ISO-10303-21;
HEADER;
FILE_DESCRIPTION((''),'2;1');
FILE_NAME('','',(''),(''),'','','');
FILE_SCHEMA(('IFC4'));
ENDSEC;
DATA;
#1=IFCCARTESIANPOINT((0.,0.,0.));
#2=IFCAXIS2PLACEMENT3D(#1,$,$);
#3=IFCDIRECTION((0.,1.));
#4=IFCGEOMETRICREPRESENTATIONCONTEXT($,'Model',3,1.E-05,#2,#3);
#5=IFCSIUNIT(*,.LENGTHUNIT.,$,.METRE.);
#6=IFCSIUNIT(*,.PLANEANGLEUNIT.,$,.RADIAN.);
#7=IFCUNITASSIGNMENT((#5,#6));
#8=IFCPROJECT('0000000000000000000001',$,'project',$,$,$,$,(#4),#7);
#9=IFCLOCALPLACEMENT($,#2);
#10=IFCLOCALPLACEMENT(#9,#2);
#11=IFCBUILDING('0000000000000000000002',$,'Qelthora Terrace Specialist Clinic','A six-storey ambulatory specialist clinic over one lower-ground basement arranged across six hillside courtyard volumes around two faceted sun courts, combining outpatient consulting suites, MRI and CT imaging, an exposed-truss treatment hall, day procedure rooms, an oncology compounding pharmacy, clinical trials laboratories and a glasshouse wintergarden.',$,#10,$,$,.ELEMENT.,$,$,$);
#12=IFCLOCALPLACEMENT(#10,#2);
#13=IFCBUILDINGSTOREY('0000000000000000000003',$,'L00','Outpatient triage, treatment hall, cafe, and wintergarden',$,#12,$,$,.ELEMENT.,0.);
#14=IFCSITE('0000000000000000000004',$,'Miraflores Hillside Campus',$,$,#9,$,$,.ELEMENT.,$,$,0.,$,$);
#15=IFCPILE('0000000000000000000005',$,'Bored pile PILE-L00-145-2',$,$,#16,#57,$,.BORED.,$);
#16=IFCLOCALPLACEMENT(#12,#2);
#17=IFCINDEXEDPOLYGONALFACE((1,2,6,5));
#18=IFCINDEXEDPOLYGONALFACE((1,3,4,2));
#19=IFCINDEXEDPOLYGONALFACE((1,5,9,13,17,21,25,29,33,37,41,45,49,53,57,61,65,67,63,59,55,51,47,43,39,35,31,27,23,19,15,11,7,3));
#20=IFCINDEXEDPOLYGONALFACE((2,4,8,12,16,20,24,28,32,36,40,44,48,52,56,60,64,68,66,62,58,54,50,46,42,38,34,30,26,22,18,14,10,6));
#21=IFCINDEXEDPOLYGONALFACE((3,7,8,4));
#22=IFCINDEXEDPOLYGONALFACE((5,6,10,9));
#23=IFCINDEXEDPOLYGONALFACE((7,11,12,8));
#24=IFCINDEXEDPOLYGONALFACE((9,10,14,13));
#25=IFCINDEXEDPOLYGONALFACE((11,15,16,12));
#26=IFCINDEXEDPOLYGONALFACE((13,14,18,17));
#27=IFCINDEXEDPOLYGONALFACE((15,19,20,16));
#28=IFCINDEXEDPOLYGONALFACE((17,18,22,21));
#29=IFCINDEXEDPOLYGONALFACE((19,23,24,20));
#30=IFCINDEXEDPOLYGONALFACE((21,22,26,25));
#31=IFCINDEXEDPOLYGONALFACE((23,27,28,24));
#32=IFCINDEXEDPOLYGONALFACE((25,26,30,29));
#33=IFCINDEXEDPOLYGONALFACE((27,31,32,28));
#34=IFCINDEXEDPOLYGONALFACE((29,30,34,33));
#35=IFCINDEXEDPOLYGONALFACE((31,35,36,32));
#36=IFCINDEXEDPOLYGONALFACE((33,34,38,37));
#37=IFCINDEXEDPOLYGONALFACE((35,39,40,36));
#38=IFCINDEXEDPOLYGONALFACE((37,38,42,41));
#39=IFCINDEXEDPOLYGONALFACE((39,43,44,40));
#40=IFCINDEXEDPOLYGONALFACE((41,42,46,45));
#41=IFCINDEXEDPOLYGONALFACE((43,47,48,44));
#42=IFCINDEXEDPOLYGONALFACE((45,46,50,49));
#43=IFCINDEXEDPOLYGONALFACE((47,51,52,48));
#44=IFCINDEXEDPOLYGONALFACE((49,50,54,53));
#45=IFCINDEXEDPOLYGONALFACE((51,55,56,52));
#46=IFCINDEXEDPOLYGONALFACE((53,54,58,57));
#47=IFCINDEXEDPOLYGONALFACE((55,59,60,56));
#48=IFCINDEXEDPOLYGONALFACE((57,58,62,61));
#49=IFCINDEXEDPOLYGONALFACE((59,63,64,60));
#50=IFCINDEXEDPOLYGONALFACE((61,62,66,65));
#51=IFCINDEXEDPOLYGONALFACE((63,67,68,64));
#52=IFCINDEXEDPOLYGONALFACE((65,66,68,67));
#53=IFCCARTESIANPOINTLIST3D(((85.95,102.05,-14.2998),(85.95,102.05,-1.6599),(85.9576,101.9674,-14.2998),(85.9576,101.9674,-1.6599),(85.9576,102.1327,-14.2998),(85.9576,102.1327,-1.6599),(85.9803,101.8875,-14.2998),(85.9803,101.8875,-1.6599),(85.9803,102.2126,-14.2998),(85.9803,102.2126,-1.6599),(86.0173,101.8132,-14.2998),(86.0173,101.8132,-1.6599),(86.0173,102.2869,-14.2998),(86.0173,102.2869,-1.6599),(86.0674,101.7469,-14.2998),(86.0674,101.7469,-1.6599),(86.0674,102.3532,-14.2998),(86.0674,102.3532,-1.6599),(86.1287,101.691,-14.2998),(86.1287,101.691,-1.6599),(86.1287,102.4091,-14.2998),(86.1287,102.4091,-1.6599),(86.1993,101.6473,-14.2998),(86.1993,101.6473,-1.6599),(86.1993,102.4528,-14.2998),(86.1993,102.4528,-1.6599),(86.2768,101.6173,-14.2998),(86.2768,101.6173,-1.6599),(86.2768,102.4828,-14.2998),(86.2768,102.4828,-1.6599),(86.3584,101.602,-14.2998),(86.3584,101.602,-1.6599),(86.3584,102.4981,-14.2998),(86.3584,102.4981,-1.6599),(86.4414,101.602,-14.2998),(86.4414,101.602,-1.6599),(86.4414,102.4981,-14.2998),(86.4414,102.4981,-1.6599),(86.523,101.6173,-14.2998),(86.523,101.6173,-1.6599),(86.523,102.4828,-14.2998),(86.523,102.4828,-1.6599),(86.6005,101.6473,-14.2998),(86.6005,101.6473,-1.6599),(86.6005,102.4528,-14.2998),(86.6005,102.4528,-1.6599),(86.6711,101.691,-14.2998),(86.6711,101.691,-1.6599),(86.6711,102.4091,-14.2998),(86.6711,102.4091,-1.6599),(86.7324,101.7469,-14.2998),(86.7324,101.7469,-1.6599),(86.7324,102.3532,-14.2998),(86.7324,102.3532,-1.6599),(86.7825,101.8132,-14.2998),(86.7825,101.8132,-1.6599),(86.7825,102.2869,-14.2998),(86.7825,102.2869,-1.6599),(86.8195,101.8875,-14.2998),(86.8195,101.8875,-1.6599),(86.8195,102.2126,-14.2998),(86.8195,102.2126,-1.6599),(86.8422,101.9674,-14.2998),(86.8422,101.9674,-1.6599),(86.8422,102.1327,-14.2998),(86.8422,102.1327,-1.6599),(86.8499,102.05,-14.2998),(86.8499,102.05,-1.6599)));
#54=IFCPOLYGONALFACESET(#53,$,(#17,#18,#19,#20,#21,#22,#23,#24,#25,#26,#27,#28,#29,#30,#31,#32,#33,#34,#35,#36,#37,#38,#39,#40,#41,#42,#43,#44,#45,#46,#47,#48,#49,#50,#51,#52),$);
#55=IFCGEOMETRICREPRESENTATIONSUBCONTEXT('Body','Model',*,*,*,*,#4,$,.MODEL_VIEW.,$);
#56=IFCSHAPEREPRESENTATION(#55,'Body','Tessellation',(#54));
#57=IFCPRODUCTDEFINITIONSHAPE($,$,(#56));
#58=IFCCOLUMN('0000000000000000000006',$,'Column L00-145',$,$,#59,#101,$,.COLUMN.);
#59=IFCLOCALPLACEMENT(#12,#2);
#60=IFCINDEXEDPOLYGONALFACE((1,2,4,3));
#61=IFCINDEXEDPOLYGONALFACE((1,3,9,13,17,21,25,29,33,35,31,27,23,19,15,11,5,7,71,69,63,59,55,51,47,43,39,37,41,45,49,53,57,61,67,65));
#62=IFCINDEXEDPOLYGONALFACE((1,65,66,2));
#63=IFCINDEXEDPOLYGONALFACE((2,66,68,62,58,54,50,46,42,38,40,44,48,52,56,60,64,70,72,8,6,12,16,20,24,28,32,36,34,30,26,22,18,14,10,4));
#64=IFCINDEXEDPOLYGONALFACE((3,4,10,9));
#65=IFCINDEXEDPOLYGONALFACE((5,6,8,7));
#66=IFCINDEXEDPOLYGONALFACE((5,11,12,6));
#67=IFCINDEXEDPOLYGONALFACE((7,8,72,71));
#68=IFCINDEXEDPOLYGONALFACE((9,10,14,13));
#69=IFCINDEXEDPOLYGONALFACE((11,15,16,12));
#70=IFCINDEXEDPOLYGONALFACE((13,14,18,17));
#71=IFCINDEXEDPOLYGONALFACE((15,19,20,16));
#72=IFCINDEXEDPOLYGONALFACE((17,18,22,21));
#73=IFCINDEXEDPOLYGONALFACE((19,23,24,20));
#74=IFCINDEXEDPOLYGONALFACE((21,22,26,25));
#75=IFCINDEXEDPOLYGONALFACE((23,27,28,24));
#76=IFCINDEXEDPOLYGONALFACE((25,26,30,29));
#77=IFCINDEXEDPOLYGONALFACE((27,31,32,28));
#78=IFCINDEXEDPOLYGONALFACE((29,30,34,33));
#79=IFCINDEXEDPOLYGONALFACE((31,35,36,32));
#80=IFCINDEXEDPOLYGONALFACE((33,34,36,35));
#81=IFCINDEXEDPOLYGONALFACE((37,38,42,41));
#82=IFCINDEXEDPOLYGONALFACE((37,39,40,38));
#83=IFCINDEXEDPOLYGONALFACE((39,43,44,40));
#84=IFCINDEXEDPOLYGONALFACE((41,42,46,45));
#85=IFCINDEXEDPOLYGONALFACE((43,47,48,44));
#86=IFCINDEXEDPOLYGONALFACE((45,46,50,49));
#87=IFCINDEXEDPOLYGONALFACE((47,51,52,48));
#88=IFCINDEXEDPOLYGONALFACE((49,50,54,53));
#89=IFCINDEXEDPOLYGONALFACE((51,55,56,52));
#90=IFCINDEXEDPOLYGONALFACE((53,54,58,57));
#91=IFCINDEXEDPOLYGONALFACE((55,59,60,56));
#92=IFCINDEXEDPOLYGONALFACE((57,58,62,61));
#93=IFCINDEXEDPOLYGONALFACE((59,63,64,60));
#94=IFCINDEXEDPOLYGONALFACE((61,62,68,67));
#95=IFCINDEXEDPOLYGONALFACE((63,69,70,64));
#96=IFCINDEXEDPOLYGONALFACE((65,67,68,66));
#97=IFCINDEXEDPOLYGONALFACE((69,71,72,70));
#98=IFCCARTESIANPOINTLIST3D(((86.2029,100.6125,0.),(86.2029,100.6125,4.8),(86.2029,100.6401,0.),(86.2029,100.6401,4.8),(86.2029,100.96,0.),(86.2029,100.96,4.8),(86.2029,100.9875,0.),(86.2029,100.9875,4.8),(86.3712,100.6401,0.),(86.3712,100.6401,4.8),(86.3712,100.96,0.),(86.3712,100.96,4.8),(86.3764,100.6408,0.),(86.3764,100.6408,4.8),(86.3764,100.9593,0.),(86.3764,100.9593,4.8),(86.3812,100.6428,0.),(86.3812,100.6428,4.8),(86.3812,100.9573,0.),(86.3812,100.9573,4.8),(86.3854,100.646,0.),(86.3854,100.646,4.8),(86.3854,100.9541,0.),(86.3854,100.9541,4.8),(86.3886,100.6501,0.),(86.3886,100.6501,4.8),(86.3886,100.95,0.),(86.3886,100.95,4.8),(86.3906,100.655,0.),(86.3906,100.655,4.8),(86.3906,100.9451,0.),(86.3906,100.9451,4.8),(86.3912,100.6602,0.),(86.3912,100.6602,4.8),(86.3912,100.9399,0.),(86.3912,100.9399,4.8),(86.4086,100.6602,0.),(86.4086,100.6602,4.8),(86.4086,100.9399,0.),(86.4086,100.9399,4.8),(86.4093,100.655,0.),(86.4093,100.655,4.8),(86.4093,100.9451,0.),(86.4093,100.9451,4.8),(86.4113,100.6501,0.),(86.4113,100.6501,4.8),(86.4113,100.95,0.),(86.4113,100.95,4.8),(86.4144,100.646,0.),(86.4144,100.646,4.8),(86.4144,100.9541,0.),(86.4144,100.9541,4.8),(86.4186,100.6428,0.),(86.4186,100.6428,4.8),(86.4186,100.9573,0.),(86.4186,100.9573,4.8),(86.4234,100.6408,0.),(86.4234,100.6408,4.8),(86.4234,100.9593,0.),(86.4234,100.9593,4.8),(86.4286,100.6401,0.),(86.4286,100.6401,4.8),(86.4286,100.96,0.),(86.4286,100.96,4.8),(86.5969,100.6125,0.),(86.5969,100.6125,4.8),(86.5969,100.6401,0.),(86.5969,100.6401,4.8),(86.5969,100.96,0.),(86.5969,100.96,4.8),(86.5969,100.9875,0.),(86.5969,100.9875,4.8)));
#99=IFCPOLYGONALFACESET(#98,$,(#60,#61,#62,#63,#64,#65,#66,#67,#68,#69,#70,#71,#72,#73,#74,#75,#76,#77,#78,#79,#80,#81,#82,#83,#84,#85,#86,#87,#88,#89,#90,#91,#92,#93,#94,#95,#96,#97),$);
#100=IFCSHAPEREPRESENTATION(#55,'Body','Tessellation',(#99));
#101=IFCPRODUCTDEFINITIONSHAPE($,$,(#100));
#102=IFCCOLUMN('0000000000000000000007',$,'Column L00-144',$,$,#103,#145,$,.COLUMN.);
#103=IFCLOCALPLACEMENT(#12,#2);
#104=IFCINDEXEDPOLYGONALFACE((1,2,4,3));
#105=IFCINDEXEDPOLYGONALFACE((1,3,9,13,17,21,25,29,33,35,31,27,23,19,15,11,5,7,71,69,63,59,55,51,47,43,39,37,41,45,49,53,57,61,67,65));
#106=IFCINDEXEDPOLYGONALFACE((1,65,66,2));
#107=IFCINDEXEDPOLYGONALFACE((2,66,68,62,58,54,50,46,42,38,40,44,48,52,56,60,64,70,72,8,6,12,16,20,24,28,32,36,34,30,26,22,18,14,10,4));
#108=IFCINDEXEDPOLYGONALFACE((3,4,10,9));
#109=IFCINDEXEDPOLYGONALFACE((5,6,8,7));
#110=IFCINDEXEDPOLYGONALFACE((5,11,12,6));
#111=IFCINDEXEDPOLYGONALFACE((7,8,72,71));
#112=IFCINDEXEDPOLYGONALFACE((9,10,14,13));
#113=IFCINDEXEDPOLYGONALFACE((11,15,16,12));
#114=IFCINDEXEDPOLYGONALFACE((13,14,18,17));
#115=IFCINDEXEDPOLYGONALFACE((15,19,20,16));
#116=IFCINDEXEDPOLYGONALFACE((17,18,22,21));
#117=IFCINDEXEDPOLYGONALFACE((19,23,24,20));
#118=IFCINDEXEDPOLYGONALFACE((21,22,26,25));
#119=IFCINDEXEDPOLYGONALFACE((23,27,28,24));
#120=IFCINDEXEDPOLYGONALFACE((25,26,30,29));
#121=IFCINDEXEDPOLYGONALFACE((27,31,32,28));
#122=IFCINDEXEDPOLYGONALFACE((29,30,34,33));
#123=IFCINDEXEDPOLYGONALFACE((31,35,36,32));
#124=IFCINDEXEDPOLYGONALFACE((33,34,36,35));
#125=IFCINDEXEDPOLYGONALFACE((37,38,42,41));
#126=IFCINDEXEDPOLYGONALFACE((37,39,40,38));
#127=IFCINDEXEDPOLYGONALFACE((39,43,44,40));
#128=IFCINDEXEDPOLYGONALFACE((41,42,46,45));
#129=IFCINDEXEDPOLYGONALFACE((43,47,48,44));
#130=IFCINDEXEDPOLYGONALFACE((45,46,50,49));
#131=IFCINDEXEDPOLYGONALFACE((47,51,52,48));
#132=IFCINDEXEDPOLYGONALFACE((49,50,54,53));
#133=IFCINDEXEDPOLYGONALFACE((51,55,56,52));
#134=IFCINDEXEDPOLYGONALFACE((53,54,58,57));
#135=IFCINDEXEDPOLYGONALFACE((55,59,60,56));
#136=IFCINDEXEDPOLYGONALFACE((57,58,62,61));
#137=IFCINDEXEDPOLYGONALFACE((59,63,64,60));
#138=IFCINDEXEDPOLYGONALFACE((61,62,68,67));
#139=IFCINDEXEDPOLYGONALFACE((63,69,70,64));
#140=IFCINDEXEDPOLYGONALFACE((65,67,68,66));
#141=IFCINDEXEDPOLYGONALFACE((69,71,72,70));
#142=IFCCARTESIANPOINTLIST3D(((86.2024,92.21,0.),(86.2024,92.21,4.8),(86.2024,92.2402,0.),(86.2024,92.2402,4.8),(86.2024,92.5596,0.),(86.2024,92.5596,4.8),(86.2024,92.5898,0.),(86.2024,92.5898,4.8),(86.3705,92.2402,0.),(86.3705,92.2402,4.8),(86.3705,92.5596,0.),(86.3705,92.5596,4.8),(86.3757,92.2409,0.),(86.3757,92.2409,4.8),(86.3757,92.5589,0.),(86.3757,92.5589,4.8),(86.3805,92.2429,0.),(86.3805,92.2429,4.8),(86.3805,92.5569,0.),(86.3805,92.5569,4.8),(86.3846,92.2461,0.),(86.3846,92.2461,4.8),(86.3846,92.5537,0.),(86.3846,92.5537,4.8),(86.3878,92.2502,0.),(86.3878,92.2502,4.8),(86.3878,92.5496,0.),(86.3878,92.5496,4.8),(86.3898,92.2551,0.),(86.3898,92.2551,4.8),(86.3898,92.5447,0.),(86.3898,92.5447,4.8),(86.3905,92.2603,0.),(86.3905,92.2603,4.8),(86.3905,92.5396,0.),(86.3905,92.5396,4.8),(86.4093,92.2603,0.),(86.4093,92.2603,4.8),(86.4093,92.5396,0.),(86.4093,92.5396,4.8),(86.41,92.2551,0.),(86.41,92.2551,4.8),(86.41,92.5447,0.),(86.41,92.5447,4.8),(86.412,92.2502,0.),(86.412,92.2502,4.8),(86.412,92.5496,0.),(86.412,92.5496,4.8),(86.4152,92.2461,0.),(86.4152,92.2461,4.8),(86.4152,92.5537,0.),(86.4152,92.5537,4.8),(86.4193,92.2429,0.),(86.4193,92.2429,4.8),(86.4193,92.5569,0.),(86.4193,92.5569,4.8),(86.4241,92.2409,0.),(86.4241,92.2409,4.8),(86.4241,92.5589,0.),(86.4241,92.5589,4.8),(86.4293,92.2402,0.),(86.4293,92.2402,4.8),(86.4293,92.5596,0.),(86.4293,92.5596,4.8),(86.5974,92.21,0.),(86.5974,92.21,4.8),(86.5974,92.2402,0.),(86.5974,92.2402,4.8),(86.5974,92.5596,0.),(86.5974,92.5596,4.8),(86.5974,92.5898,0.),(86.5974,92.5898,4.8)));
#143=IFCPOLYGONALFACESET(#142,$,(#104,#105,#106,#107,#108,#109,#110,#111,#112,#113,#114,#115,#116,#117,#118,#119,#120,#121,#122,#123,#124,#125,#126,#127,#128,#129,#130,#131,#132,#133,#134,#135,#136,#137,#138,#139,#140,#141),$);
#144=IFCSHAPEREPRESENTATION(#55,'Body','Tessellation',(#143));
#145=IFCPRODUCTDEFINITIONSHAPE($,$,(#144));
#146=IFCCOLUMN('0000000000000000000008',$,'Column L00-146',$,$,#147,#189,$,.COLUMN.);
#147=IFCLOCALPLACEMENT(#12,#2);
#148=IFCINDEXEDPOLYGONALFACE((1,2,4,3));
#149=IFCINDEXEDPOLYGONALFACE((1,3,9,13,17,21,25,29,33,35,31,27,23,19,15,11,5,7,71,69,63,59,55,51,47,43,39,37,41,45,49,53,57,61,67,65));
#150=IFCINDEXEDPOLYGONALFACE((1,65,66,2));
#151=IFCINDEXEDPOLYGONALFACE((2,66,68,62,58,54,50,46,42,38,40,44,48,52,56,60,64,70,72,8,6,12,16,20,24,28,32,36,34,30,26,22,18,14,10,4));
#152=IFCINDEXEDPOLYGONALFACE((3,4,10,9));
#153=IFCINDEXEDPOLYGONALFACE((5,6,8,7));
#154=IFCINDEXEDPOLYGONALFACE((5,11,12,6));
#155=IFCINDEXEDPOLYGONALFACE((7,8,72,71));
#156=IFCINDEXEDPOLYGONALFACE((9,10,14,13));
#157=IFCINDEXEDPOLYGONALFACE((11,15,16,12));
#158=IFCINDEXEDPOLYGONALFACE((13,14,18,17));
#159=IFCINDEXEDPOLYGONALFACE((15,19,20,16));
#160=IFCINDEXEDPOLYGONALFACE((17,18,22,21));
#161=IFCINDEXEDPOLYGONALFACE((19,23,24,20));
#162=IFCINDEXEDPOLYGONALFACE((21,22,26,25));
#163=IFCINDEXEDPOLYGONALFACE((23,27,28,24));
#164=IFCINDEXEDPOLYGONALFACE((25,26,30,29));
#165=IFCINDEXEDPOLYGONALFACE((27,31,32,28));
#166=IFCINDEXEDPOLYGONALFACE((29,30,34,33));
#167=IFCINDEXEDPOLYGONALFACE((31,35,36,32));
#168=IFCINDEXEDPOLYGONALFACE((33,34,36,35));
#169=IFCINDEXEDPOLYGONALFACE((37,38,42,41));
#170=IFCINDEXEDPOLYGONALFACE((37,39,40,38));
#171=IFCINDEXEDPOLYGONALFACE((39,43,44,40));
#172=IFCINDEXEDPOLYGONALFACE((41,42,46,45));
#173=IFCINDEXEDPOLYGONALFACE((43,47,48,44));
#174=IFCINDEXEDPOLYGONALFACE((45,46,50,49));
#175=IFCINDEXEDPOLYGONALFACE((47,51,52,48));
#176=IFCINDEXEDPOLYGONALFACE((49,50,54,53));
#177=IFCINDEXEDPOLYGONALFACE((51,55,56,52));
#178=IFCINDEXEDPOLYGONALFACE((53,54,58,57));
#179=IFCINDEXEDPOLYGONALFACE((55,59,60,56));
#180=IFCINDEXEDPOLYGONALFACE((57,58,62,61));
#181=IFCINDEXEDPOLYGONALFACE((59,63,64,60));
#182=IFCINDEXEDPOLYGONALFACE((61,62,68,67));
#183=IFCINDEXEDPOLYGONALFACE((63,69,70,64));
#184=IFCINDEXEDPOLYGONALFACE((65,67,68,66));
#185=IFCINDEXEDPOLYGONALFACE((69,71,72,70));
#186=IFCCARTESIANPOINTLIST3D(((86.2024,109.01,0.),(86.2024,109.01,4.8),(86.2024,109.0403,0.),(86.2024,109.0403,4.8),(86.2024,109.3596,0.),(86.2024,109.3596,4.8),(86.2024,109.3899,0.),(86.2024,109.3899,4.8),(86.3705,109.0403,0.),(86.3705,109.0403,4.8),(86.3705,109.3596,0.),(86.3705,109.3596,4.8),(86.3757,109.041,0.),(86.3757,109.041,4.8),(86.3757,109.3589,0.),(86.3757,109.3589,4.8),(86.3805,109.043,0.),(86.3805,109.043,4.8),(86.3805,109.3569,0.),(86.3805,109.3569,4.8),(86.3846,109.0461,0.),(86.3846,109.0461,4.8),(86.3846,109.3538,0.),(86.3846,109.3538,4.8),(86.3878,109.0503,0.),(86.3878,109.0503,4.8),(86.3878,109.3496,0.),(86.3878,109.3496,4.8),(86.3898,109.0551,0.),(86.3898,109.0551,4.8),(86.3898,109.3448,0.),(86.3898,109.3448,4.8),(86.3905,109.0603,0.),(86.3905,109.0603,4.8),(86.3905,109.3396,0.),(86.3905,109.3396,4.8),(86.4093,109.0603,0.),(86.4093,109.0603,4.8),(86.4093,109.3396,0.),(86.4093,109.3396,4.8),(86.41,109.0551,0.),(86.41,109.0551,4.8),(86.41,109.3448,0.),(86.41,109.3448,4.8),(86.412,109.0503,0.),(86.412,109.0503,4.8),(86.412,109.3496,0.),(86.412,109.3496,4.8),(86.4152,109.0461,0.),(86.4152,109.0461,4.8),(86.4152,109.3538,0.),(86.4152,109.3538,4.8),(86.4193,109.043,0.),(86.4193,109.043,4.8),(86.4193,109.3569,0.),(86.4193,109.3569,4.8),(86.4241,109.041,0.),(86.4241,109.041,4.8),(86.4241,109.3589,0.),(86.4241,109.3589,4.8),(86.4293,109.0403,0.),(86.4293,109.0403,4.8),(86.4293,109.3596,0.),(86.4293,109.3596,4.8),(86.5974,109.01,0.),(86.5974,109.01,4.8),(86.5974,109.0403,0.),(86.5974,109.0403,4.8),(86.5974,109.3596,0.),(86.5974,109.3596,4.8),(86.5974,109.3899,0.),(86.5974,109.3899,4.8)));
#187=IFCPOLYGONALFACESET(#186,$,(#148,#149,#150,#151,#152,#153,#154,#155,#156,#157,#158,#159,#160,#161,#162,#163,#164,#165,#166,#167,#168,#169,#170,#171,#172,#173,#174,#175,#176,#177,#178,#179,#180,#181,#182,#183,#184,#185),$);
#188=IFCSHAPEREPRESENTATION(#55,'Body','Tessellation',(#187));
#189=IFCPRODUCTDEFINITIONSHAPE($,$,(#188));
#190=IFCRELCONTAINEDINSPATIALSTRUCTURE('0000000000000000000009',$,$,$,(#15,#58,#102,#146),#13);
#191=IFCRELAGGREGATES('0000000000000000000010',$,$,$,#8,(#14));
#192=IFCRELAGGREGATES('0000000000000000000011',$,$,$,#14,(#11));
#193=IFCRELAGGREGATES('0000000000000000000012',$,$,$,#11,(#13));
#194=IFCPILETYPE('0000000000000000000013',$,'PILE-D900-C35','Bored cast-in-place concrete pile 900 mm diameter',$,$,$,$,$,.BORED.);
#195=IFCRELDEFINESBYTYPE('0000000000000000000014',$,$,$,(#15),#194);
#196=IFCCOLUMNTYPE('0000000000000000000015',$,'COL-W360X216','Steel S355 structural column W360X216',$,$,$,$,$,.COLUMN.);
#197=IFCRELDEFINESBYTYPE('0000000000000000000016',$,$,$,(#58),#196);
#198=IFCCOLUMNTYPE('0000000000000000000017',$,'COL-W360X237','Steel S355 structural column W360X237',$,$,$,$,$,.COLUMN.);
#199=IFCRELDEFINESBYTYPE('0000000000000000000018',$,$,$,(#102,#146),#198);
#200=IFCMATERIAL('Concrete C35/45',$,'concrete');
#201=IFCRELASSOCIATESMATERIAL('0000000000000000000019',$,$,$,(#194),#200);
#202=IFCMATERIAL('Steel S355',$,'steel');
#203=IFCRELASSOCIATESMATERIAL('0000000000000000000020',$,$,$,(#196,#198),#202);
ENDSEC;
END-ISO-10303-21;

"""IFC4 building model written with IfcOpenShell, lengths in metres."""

from ifc_helpers import new_model, si_unit, direction, frame, origin, origin_2d, place, context, subcontext, project, spatial, circle, i_section, extrude, material, material_profile, profile_set, type_object, element, save


model = new_model("IFC4")

# Units and contexts
model_context = context("Model", 3, precision=1e-05, world=origin(), true_north=direction((0.0, 1.0)))
body_context = subcontext(model_context, "Body", "Model", "MODEL_VIEW")
ifc_project = project(units=[si_unit("LENGTHUNIT", "METRE"), si_unit("PLANEANGLEUNIT", "RADIAN")], contexts=[model_context])

# Site, building, storey
site_placement = place(None, origin())
site = spatial("IfcSite", under=ifc_project, at=site_placement, Name="Miraflores Hillside Campus", CompositionType="ELEMENT", RefElevation=0.0)
building_placement = place(site_placement, origin())
building = spatial("IfcBuilding", under=site, at=building_placement, Name="Qelthora Terrace Specialist Clinic", Description="A six-storey ambulatory specialist clinic over one lower-ground basement arranged across six hillside courtyard volumes around two faceted sun courts, combining outpatient consulting suites, MRI and CT imaging, an exposed-truss treatment hall, day procedure rooms, an oncology compounding pharmacy, clinical trials laboratories and a glasshouse wintergarden.", CompositionType="ELEMENT")
storey_placement = place(building_placement, origin())
storey = spatial("IfcBuildingStorey", under=building, at=storey_placement, Name="L00", Description="Outpatient triage, treatment hall, cafe, and wintergarden", CompositionType="ELEMENT", Elevation=0.0)

# Shared definitions
ifc_material_1 = material(Name="Concrete C35/45", Category="concrete")

# Pile
ifc_material_profile_1 = material_profile(ifc_material_1, circle(Radius=0.45, at=origin_2d()), Name="PILE900")
ifc_profile_set_1 = profile_set([ifc_material_profile_1], Name="Concrete C35/45")
pile_type_1 = type_object("IfcPileType", Name="PILE-D900-C35", Description="Bored cast-in-place concrete pile 900 mm diameter", PredefinedType="BORED", material=ifc_profile_set_1)
for number, where, z_axis, x_axis, name in (
    (1, (86.3999, 102.05, -1.6599), (0.0, 0.0, -1.0), (1.0, 0.0, 0.0), "Bored pile PILE-L00-145-2"),
):
    element("IfcPile", number, at=place(storey_placement, frame(where, z_axis=z_axis, x_axis=x_axis)), inside=storey, type_object=pile_type_1, Name=name, PredefinedType="BORED", context=body_context, shape_type="SweptSolid", body=[
        extrude(circle(Radius=0.45, at=origin_2d()), origin(), (0.0, 0.0, 1.0), 12.6399),
    ])

# Columns
ifc_material_2 = material(Name="Steel S355", Category="steel")
ifc_material_profile_2 = material_profile(ifc_material_2, i_section(OverallWidth=0.394, OverallDepth=0.375, WebThickness=0.0173, FlangeThickness=0.0276, FilletRadius=0.02, at=origin_2d()), Name="W360X216")
ifc_profile_set_2 = profile_set([ifc_material_profile_2], Name="Steel S355")
column_type_1 = type_object("IfcColumnType", Name="COL-W360X216", Description="Steel S355 structural column W360X216", PredefinedType="COLUMN", material=ifc_profile_set_2)
column_placement = place(storey_placement, frame((86.3999, 100.8, 0.0), z_axis=(0.0, 0.0, 1.0), x_axis=(1.0, 0.0, 0.0)))
element("IfcColumn", 2, at=column_placement, inside=storey, type_object=column_type_1, Name="Column L00-145", PredefinedType="COLUMN", context=body_context, shape_type="SweptSolid", body=[
    extrude(i_section(OverallWidth=0.394, OverallDepth=0.375, WebThickness=0.0173, FlangeThickness=0.0276, FilletRadius=0.02, at=origin_2d()), origin(), (0.0, 0.0, 1.0), 4.8),
])
ifc_material_profile_3 = material_profile(ifc_material_2, i_section(OverallWidth=0.395, OverallDepth=0.3799, WebThickness=0.0188, FlangeThickness=0.0303, FilletRadius=0.02, at=origin_2d()), Name="W360X237")
ifc_profile_set_3 = profile_set([ifc_material_profile_3], Name="Steel S355")
column_type_2 = type_object("IfcColumnType", Name="COL-W360X237", Description="Steel S355 structural column W360X237", PredefinedType="COLUMN", material=ifc_profile_set_3)
for number, where, z_axis, x_axis, name in (
    (3, (86.3999, 92.3999, 0.0), (0.0, 0.0, 1.0), (1.0, 0.0, 0.0), "Column L00-144"),
    (4, (86.3999, 109.2, 0.0), (0.0, 0.0, 1.0), (1.0, 0.0, 0.0), "Column L00-146"),
):
    element("IfcColumn", number, at=place(storey_placement, frame(where, z_axis=z_axis, x_axis=x_axis)), inside=storey, type_object=column_type_2, Name=name, PredefinedType="COLUMN", context=body_context, shape_type="SweptSolid", body=[
        extrude(i_section(OverallWidth=0.395, OverallDepth=0.3799, WebThickness=0.0188, FlangeThickness=0.0303, FilletRadius=0.02, at=origin_2d()), origin(), (0.0, 0.0, 1.0), 4.8),
    ])

save(model, "model.ifc")
